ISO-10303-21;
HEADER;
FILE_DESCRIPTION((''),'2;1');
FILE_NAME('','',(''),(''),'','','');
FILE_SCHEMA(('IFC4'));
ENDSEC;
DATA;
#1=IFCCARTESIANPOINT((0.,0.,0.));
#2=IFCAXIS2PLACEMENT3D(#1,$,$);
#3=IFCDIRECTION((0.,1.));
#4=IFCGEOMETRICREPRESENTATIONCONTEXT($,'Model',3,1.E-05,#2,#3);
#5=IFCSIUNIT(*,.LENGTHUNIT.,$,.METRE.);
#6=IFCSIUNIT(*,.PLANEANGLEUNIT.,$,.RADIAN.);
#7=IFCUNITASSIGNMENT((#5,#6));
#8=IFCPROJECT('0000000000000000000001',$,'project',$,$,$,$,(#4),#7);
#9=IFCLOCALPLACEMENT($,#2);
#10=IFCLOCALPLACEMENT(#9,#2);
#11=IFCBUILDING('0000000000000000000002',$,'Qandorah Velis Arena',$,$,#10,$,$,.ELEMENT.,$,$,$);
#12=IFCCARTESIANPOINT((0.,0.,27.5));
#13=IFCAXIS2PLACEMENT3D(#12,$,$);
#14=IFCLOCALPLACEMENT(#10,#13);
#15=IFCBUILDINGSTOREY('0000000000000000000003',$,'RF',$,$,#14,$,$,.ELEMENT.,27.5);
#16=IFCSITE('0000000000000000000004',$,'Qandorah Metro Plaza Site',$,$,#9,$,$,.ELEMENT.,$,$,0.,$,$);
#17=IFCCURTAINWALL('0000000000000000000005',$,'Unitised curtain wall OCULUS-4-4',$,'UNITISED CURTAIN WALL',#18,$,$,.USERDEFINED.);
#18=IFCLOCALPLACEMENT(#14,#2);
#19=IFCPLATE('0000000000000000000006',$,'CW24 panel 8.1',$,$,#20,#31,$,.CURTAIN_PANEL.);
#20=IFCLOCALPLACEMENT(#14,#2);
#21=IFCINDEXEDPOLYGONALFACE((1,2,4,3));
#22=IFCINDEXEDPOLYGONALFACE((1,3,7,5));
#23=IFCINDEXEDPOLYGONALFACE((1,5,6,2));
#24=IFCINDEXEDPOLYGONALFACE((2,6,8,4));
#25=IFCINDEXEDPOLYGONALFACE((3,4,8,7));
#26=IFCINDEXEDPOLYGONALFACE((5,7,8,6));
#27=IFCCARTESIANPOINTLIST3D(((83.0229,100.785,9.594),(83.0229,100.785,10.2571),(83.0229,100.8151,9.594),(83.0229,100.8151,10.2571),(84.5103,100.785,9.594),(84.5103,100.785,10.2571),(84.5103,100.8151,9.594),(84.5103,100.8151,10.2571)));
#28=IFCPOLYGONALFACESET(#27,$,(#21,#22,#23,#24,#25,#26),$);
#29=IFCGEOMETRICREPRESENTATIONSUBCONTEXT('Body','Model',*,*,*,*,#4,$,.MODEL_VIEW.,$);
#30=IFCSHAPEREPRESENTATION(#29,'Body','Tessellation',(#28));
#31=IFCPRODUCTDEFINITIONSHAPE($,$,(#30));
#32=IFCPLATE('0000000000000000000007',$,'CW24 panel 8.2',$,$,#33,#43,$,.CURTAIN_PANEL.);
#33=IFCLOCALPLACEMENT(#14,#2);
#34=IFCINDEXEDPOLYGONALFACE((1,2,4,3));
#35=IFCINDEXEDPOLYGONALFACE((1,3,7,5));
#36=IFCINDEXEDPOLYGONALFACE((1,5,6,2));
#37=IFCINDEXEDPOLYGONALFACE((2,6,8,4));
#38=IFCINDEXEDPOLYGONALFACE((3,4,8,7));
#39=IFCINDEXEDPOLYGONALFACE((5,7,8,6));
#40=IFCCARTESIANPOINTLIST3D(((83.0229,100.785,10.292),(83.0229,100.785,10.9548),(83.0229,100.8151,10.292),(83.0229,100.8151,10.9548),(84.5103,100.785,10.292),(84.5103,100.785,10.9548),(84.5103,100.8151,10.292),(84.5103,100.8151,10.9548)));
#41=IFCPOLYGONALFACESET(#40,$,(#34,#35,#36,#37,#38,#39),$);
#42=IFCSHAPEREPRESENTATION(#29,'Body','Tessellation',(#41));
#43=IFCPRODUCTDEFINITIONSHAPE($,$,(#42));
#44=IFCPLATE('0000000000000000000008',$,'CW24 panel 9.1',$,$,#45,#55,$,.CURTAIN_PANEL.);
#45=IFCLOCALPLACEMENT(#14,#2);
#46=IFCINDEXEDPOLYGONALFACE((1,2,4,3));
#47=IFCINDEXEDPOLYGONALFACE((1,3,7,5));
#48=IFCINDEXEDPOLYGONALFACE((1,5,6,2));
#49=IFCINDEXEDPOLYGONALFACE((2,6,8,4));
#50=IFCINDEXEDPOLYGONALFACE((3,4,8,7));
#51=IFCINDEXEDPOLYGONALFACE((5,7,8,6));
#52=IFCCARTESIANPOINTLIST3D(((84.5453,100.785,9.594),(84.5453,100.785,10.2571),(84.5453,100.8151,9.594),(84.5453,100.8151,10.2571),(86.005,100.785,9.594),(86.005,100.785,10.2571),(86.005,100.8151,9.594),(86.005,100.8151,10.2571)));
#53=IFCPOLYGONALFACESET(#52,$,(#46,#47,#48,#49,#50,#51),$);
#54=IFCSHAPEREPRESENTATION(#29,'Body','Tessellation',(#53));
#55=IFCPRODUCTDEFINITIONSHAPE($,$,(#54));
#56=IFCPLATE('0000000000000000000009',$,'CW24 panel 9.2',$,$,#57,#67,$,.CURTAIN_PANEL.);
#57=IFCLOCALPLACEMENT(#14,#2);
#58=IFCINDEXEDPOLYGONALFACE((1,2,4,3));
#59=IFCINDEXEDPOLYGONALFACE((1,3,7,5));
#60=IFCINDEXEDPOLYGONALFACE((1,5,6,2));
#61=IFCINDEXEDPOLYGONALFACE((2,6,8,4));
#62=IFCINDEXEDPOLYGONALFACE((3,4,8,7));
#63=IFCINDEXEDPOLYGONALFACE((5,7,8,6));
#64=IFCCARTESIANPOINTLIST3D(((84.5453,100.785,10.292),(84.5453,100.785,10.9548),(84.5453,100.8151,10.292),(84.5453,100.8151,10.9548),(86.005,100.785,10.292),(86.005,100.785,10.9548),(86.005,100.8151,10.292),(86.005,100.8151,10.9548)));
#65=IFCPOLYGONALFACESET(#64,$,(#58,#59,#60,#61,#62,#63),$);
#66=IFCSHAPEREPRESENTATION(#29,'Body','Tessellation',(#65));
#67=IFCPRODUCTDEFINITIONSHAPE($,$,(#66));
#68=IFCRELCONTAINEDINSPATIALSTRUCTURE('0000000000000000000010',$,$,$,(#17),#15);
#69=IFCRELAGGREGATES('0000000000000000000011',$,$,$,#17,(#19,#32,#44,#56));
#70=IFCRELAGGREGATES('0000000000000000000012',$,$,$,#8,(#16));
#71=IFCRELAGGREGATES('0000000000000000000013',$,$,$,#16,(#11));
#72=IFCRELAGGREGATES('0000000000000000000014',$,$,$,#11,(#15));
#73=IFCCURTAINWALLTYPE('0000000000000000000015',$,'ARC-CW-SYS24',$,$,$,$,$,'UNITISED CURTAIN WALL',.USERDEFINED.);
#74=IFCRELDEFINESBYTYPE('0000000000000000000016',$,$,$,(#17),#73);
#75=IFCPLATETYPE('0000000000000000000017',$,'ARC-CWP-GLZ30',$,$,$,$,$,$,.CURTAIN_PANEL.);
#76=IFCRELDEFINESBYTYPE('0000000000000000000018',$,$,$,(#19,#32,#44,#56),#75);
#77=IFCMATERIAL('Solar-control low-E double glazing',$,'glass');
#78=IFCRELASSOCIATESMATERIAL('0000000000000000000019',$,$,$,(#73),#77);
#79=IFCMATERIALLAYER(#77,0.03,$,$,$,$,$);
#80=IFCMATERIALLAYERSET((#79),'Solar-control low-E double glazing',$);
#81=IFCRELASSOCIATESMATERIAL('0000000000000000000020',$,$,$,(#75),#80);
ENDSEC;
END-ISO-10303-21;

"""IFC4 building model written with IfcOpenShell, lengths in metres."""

from ifc_helpers import new_model, si_unit, direction, frame, origin, origin_2d, place, context, subcontext, project, spatial, rectangle, extrude, material, layer, layer_set, type_object, element, aggregate, save


model = new_model("IFC4")

# Units and contexts
model_context = context("Model", 3, precision=1e-05, world=origin(), true_north=direction((0.0, 1.0)))
body_context = subcontext(model_context, "Body", "Model", "MODEL_VIEW")
ifc_project = project(units=[si_unit("LENGTHUNIT", "METRE"), si_unit("PLANEANGLEUNIT", "RADIAN")], contexts=[model_context])

# Site, building, storey
site_placement = place(None, origin())
site = spatial("IfcSite", under=ifc_project, at=site_placement, Name="Qandorah Metro Plaza Site", CompositionType="ELEMENT", RefElevation=0.0)
building_placement = place(site_placement, origin())
building = spatial("IfcBuilding", under=site, at=building_placement, Name="Qandorah Velis Arena", CompositionType="ELEMENT")
storey_placement = place(building_placement, frame((0.0, 0.0, 27.5)))
storey = spatial("IfcBuildingStorey", under=building, at=storey_placement, Name="RF", CompositionType="ELEMENT", Elevation=27.5)

# Curtain wall
ifc_material_1 = material(Name="Solar-control low-E double glazing", Category="glass")
curtain_wall_type_1 = type_object("IfcCurtainWallType", Name="ARC-CW-SYS24", ElementType="UNITISED CURTAIN WALL", PredefinedType="USERDEFINED", material=ifc_material_1)
curtain_wall_1_placement = place(storey_placement, origin())
curtain_wall_1 = element("IfcCurtainWall", 1, at=curtain_wall_1_placement, inside=storey, type_object=curtain_wall_type_1, Name="Unitised curtain wall OCULUS-4-4", ObjectType="UNITISED CURTAIN WALL", PredefinedType="USERDEFINED")

# Plates
ifc_layer = layer(ifc_material_1, 0.03)
ifc_layer_set = layer_set([ifc_layer], Name="Solar-control low-E double glazing")
plate_type = type_object("IfcPlateType", Name="ARC-CWP-GLZ30", PredefinedType="CURTAIN_PANEL", material=ifc_layer_set)
plate_1_placement = place(storey_placement, frame((83.7666, 100.8, 9.594), z_axis=(0.0, 0.0, 1.0), x_axis=(1.0, 0.0, 0.0)))
plate_1 = element("IfcPlate", 2, at=plate_1_placement, type_object=plate_type, Name="CW24 panel 8.1", PredefinedType="CURTAIN_PANEL", context=body_context, shape_type="SweptSolid", body=[
    extrude(rectangle(XDim=1.4873, YDim=0.03, at=origin_2d()), origin(), (0.0, 0.0, 1.0), 0.6631),
])
plate_2_placement = place(storey_placement, frame((83.7666, 100.8, 10.292), z_axis=(0.0, 0.0, 1.0), x_axis=(1.0, 0.0, 0.0)))
plate_2 = element("IfcPlate", 3, at=plate_2_placement, type_object=plate_type, Name="CW24 panel 8.2", PredefinedType="CURTAIN_PANEL", context=body_context, shape_type="SweptSolid", body=[
    extrude(rectangle(XDim=1.4873, YDim=0.03, at=origin_2d()), origin(), (0.0, 0.0, 1.0), 0.6628),
])
plate_3_placement = place(storey_placement, frame((85.2751, 100.8, 9.594), z_axis=(0.0, 0.0, 1.0), x_axis=(1.0, 0.0, 0.0)))
plate_3 = element("IfcPlate", 4, at=plate_3_placement, type_object=plate_type, Name="CW24 panel 9.1", PredefinedType="CURTAIN_PANEL", context=body_context, shape_type="SweptSolid", body=[
    extrude(rectangle(XDim=1.4597, YDim=0.03, at=origin_2d()), origin(), (0.0, 0.0, 1.0), 0.6631),
])
plate_4_placement = place(storey_placement, frame((85.2751, 100.8, 10.292), z_axis=(0.0, 0.0, 1.0), x_axis=(1.0, 0.0, 0.0)))
plate_4 = element("IfcPlate", 5, at=plate_4_placement, type_object=plate_type, Name="CW24 panel 9.2", PredefinedType="CURTAIN_PANEL", context=body_context, shape_type="SweptSolid", body=[
    extrude(rectangle(XDim=1.4597, YDim=0.03, at=origin_2d()), origin(), (0.0, 0.0, 1.0), 0.6628),
])
aggregate(curtain_wall_1, [plate_1, plate_2, plate_3, plate_4])

save(model, "model.ifc")
